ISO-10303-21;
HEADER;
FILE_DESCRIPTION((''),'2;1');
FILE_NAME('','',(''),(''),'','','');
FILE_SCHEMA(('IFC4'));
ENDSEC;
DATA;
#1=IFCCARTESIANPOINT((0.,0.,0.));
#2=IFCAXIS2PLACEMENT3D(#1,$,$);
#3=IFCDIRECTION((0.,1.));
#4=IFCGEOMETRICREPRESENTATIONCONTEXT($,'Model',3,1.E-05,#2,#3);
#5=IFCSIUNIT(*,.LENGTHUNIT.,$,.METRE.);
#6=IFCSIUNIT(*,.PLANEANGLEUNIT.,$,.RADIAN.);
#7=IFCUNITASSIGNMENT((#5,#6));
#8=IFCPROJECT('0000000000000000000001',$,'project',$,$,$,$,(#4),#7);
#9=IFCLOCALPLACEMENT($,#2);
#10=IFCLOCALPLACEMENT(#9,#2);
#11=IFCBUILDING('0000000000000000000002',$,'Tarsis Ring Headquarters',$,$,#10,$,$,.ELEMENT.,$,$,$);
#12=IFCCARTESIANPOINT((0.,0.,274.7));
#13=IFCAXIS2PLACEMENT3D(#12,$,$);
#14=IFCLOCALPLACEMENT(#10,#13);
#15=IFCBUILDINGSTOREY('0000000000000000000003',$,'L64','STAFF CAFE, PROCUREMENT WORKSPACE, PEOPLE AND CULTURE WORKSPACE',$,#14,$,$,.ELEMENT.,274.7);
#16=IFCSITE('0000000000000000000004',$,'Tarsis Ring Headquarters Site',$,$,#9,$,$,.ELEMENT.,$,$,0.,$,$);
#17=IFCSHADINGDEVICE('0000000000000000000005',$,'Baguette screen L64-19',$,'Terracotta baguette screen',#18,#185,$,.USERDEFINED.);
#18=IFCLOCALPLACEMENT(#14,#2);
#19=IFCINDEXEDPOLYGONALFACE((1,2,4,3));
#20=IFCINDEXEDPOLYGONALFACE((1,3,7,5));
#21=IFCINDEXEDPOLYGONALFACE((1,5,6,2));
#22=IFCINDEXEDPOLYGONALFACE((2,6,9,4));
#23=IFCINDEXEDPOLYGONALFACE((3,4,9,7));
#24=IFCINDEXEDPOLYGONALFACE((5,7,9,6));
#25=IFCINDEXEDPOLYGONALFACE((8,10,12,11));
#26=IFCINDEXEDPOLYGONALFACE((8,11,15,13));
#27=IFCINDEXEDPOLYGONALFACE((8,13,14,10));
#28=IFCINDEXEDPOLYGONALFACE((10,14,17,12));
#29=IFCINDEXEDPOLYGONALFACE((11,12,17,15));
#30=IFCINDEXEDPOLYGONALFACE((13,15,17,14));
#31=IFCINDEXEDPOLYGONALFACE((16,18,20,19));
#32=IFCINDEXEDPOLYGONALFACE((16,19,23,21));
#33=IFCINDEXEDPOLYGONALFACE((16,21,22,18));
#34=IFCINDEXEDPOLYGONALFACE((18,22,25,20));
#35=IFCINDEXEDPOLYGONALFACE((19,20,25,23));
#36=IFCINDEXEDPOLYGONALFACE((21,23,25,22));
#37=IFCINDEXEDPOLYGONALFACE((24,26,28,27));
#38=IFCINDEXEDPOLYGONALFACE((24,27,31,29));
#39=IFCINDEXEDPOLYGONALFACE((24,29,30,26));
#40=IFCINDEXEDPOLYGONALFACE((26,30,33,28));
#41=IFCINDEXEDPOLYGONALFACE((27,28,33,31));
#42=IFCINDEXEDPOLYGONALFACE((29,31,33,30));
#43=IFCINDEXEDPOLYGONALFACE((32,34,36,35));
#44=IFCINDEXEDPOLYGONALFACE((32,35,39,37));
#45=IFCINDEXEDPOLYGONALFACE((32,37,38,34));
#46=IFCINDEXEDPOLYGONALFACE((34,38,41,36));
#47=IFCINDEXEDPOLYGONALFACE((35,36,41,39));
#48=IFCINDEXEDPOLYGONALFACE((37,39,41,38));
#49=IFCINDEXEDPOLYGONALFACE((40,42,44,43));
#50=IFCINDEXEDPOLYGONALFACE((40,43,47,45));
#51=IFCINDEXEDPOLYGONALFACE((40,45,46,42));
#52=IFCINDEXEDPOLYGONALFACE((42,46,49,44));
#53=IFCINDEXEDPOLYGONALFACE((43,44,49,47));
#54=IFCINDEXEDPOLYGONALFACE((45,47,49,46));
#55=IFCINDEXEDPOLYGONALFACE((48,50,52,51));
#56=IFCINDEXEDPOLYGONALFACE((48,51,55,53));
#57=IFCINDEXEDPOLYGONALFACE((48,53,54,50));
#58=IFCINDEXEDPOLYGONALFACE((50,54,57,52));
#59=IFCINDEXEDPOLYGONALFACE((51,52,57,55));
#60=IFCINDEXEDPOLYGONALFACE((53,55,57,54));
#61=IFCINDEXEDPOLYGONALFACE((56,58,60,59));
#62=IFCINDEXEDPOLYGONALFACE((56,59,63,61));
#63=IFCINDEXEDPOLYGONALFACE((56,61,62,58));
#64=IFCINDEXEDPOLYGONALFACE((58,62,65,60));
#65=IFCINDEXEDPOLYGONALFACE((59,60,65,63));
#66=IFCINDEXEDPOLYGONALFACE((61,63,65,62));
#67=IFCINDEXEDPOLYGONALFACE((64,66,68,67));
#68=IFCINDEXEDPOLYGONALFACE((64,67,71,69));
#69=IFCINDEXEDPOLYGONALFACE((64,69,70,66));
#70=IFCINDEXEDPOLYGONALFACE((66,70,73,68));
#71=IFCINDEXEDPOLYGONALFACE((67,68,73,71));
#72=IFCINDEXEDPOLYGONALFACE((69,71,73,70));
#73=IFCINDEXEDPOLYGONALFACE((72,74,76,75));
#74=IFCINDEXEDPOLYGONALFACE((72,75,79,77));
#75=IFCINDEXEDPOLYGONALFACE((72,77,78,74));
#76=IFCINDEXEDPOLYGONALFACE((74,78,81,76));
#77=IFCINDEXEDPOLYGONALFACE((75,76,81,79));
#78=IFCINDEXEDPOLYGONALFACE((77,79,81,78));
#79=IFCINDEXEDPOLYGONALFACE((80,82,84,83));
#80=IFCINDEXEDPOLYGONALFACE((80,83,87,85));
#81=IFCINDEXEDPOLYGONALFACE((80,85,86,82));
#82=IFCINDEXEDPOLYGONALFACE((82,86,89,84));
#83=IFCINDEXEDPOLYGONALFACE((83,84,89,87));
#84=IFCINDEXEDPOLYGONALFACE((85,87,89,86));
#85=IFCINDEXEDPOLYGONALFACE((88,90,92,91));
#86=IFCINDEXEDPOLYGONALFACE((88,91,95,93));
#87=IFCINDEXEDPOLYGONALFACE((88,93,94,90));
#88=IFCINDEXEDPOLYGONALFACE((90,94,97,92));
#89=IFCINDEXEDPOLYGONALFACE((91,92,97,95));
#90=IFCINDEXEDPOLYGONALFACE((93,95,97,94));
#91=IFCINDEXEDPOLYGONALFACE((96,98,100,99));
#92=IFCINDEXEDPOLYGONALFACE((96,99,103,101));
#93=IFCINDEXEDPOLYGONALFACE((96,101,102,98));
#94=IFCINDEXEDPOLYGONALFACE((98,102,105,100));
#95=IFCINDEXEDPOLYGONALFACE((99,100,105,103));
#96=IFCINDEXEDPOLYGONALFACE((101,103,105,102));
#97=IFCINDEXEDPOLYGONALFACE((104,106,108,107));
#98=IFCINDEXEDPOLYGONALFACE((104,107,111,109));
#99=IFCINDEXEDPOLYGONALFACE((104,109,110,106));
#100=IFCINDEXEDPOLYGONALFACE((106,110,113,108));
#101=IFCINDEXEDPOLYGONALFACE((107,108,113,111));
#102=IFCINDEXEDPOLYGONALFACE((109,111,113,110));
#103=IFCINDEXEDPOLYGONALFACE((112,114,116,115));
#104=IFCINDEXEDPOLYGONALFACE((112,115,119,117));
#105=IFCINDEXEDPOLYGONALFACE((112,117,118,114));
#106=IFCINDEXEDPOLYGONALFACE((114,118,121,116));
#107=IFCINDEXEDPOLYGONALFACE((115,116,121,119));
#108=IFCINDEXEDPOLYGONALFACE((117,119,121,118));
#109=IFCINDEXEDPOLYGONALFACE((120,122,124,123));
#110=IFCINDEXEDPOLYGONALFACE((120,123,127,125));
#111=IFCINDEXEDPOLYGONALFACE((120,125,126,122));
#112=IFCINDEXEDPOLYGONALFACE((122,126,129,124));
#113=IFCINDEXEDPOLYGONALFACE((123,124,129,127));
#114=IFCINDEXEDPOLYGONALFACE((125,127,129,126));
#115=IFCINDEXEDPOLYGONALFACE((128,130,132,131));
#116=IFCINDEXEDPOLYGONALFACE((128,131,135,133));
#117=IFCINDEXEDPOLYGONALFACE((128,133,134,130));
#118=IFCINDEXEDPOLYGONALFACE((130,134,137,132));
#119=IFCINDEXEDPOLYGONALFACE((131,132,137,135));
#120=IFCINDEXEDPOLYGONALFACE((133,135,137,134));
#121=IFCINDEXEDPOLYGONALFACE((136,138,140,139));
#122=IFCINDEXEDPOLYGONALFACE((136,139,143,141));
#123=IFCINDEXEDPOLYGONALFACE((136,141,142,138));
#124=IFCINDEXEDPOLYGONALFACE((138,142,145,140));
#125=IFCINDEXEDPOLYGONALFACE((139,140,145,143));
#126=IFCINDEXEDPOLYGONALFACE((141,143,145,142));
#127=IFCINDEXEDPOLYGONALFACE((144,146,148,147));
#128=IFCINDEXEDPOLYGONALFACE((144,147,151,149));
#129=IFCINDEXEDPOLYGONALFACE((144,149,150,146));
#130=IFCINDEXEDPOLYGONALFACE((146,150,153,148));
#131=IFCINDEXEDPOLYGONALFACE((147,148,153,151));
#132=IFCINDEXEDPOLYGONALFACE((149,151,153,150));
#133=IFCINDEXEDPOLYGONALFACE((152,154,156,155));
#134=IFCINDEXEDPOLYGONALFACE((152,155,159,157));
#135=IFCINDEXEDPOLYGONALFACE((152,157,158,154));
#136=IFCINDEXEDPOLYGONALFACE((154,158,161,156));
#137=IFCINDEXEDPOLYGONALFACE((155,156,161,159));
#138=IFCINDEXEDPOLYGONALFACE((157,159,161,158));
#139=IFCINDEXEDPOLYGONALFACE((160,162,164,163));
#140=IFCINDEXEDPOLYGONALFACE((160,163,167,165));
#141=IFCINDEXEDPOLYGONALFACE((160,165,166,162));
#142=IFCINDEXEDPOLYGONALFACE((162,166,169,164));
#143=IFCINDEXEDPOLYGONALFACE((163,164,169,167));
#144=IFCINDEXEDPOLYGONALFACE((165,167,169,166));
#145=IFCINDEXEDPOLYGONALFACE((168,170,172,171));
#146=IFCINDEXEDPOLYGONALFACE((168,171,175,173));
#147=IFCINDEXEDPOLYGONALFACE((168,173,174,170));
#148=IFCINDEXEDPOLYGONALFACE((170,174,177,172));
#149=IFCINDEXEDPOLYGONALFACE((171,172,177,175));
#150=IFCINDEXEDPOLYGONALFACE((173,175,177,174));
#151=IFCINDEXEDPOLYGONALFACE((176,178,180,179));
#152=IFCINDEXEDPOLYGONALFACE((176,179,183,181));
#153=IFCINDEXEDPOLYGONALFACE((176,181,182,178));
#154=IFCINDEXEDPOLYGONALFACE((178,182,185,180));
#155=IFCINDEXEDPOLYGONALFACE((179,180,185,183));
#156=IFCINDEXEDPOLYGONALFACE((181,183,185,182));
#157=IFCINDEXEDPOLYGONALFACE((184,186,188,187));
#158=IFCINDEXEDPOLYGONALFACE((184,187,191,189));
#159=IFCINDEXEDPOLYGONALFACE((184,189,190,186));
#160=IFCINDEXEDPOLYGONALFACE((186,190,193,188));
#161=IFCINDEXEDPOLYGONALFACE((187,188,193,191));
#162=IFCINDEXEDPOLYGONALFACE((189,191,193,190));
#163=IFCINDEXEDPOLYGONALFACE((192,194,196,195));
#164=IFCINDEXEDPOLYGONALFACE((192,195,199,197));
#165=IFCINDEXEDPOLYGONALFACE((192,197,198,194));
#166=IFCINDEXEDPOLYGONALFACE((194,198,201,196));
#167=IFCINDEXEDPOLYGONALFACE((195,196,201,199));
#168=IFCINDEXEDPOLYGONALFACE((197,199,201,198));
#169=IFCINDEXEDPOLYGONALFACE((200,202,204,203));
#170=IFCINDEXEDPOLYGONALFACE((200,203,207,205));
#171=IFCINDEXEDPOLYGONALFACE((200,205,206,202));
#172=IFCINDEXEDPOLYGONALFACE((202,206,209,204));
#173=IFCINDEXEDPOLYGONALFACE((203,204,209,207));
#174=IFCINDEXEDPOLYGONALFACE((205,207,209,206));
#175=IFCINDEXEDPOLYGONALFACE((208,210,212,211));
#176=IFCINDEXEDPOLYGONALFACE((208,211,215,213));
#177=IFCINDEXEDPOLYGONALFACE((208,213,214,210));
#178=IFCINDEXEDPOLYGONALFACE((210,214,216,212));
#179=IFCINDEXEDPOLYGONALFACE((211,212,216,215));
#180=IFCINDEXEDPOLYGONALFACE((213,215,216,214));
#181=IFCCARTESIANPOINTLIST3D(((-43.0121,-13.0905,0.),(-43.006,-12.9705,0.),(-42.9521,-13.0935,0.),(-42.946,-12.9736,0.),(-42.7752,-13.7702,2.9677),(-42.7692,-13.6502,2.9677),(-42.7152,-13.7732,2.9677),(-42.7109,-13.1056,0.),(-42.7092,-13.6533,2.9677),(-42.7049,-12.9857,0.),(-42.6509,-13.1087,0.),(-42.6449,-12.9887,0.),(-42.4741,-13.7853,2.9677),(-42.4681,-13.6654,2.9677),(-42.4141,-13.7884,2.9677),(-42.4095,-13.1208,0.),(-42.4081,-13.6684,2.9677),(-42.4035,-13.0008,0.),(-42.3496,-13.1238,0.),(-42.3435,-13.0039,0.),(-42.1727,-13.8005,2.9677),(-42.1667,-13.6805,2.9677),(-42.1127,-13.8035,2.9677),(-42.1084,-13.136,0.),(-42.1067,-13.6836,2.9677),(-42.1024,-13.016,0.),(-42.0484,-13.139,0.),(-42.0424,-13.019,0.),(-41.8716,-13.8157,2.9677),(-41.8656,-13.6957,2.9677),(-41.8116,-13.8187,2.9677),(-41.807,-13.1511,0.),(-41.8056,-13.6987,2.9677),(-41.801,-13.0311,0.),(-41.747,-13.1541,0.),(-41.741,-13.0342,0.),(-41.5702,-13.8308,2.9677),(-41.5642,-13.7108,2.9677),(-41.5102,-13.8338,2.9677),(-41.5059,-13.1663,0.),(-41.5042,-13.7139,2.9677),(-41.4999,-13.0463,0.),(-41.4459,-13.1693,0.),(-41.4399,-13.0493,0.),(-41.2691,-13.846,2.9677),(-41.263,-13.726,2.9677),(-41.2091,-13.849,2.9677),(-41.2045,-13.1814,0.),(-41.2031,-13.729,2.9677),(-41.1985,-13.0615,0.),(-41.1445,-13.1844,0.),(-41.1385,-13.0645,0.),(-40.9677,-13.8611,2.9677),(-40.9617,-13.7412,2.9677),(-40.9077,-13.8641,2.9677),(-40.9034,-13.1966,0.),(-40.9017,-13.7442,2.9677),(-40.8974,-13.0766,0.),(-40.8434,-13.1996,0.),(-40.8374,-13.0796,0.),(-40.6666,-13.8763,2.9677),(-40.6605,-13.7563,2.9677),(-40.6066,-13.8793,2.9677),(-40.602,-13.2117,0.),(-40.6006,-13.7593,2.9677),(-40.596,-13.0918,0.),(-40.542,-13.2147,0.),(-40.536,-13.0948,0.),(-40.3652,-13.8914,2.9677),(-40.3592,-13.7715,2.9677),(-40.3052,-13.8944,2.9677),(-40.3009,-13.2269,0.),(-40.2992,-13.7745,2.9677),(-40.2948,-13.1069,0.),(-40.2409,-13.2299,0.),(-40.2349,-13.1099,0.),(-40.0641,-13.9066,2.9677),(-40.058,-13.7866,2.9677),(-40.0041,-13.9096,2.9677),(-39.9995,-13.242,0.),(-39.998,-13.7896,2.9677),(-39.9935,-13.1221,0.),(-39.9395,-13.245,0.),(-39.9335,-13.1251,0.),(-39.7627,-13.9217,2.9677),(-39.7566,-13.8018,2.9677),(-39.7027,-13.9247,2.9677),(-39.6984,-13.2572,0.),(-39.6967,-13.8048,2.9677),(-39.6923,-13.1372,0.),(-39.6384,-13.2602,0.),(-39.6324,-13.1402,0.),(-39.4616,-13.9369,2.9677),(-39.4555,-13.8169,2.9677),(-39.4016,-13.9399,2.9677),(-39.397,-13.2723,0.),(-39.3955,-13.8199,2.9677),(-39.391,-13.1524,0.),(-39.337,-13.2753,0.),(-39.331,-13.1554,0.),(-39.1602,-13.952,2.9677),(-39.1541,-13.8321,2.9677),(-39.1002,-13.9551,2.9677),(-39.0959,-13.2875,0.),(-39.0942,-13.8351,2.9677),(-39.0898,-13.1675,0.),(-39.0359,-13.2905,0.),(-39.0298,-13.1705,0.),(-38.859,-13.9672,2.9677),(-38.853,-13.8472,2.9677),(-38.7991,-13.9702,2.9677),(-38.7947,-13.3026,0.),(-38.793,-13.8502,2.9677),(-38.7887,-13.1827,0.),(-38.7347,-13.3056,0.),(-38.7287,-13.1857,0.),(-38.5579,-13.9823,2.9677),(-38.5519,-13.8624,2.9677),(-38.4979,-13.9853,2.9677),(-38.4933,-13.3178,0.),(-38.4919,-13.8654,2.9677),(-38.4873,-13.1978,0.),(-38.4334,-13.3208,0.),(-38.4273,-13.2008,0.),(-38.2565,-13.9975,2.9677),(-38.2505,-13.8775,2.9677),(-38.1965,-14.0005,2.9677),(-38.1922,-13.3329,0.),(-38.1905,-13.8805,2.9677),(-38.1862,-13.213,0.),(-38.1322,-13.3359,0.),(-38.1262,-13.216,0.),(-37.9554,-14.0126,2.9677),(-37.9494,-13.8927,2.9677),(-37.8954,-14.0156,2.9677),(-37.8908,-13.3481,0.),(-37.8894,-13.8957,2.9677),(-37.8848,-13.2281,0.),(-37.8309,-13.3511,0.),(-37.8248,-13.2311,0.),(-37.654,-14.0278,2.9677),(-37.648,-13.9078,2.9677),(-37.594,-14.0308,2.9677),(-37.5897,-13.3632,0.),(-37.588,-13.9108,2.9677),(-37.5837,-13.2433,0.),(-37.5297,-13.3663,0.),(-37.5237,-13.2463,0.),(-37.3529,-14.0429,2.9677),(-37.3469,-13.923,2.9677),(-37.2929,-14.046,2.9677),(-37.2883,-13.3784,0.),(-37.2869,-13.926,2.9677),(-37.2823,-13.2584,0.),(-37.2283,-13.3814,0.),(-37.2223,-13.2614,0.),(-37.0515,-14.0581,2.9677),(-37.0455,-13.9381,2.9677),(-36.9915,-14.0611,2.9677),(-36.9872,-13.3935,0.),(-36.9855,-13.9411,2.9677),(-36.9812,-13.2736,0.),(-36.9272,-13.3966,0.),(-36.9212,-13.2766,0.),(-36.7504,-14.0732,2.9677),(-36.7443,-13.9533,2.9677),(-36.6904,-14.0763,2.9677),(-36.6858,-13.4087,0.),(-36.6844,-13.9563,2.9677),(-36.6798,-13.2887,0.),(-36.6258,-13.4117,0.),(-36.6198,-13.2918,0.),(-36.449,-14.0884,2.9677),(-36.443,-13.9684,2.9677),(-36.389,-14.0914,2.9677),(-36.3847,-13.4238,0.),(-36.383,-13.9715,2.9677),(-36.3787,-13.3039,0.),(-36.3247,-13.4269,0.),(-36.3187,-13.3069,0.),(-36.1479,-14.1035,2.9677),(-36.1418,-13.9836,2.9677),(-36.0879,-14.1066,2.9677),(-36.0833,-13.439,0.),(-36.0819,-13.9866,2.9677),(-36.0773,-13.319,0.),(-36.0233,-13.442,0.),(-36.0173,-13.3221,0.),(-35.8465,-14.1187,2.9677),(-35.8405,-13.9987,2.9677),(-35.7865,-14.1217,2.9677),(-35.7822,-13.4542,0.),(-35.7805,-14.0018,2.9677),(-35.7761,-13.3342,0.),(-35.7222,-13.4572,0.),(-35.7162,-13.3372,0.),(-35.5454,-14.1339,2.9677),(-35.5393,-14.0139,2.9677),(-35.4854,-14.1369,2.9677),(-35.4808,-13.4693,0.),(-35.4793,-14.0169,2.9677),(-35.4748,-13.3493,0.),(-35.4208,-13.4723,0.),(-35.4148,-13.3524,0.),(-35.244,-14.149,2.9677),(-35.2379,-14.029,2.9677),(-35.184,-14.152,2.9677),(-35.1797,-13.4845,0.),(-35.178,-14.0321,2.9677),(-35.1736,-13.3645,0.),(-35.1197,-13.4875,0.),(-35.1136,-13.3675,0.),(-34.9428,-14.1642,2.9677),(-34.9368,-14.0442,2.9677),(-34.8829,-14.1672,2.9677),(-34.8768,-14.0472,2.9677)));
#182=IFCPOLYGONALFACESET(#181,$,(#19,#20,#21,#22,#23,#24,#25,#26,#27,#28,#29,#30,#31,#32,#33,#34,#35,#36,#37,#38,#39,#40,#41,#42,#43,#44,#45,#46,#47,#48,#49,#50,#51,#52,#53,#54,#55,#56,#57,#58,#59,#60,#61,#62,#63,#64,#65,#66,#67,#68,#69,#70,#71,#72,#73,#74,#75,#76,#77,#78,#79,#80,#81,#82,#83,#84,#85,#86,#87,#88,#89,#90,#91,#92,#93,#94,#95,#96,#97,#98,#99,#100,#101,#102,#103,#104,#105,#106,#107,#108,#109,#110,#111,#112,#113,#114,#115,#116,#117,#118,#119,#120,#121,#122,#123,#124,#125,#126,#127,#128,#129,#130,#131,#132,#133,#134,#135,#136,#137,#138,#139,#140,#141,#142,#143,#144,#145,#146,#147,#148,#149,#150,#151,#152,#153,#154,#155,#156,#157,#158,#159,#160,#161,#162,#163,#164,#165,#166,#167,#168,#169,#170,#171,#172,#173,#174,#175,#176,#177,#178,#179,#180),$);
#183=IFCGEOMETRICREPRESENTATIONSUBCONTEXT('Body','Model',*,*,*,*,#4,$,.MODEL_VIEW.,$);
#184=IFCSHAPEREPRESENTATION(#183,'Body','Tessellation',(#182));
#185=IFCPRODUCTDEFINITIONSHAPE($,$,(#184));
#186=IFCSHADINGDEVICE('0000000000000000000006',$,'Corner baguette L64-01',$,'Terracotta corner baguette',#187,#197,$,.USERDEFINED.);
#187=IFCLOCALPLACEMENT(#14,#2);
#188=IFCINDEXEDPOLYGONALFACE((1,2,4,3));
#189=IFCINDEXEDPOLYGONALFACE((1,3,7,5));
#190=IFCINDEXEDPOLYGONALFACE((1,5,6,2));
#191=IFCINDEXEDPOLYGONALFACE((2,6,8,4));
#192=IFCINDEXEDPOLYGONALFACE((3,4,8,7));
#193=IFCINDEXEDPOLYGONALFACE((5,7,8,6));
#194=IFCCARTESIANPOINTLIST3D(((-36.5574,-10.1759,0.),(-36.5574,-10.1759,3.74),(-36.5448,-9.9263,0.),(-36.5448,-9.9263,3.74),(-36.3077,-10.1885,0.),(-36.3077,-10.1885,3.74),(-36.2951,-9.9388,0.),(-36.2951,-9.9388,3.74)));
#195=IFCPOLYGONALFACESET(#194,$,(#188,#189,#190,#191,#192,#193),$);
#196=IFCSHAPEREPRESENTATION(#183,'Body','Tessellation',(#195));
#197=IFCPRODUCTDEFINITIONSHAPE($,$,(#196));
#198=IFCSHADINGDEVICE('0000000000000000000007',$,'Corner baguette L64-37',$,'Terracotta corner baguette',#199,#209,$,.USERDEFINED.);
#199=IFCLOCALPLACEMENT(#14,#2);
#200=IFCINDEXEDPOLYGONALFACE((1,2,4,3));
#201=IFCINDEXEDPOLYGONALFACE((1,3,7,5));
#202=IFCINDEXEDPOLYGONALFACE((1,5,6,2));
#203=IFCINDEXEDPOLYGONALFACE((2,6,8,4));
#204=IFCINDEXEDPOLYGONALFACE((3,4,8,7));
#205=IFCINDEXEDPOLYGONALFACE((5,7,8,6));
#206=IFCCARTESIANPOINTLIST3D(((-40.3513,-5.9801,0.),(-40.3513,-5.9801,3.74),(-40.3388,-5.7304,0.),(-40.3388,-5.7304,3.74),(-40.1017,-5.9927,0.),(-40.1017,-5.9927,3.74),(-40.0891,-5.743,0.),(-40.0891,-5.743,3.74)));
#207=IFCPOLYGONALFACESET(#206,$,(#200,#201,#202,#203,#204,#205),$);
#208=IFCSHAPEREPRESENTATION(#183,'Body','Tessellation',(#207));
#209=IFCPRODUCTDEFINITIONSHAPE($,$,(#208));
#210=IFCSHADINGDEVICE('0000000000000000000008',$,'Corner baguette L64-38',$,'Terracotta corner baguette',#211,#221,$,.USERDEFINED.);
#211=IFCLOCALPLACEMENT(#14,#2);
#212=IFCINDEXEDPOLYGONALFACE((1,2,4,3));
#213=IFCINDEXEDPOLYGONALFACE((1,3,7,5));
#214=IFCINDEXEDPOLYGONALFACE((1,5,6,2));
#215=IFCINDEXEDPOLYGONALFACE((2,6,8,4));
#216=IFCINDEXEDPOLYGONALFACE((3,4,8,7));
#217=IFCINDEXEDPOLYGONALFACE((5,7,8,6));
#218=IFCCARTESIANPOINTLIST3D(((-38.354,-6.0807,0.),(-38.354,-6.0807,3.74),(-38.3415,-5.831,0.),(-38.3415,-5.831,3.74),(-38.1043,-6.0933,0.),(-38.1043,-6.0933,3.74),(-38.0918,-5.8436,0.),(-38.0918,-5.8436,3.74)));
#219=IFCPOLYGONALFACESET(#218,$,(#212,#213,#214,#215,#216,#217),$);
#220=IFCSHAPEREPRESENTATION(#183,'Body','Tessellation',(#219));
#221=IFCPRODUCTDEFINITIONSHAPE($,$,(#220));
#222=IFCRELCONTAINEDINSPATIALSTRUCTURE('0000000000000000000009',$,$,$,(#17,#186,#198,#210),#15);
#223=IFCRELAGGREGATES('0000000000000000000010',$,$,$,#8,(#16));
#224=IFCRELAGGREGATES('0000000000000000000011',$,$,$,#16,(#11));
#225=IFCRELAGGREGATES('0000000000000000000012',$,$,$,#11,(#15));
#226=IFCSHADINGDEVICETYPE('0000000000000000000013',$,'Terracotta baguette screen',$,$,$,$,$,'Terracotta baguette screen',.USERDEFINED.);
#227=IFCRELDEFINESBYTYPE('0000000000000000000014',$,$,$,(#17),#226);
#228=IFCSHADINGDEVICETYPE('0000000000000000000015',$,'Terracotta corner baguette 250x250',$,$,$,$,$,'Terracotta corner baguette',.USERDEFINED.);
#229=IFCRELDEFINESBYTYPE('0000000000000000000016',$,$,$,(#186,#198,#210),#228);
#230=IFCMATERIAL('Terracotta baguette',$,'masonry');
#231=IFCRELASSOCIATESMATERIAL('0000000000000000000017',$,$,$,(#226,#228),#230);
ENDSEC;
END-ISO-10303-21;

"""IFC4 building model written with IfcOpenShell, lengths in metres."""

from ifc_helpers import new_model, si_unit, direction, frame, frame_2d, origin, origin_2d, place, context, subcontext, project, spatial, rectangle, composite_profile, extrude, material, type_object, element, save


model = new_model("IFC4")

# Units and contexts
model_context = context("Model", 3, precision=1e-05, world=origin(), true_north=direction((0.0, 1.0)))
body_context = subcontext(model_context, "Body", "Model", "MODEL_VIEW")
ifc_project = project(units=[si_unit("LENGTHUNIT", "METRE"), si_unit("PLANEANGLEUNIT", "RADIAN")], contexts=[model_context])

# Site, building, storey
site_placement = place(None, origin())
site = spatial("IfcSite", under=ifc_project, at=site_placement, Name="Tarsis Ring Headquarters Site", CompositionType="ELEMENT", RefElevation=0.0)
building_placement = place(site_placement, origin())
building = spatial("IfcBuilding", under=site, at=building_placement, Name="Tarsis Ring Headquarters", CompositionType="ELEMENT")
storey_placement = place(building_placement, frame((0.0, 0.0, 274.7)))
storey = spatial("IfcBuildingStorey", under=building, at=storey_placement, Name="L64", Description="STAFF CAFE, PROCUREMENT WORKSPACE, PEOPLE AND CULTURE WORKSPACE", CompositionType="ELEMENT", Elevation=274.7)

# Shading devices
ifc_material_1 = material(Name="Terracotta baguette", Category="masonry")
shading_device_type_1 = type_object("IfcShadingDeviceType", Name="Terracotta baguette screen", ElementType="Terracotta baguette screen", PredefinedType="USERDEFINED", material=ifc_material_1)
shading_device_placement = place(storey_placement, frame((-43.009, -13.0305, 0.0), z_axis=(0.0, 0.0, 1.0), x_axis=(0.998733, -0.050235, 0.0)))
element("IfcShadingDevice", 1, at=shading_device_placement, inside=storey, type_object=shading_device_type_1, Name="Baguette screen L64-19", ObjectType="Terracotta baguette screen", PredefinedType="USERDEFINED", context=body_context, shape_type="SweptSolid", body=[
    extrude(composite_profile([rectangle(XDim=0.0601, YDim=0.1201, at=frame_2d((0.03, 0.0))), rectangle(XDim=0.0601, YDim=0.1201, at=frame_2d((0.3315, 0.0))), rectangle(XDim=0.0601, YDim=0.1201, at=frame_2d((0.6333, 0.0))), rectangle(XDim=0.0601, YDim=0.1201, at=frame_2d((0.9348, 0.0))), rectangle(XDim=0.0601, YDim=0.1201, at=frame_2d((1.2366, 0.0))), rectangle(XDim=0.0601, YDim=0.1201, at=frame_2d((1.5381, 0.0))), rectangle(XDim=0.0601, YDim=0.1201, at=frame_2d((1.8398, 0.0))), rectangle(XDim=0.0601, YDim=0.1201, at=frame_2d((2.1414, 0.0))), rectangle(XDim=0.0601, YDim=0.1201, at=frame_2d((2.4431, 0.0))), rectangle(XDim=0.0601, YDim=0.1201, at=frame_2d((2.7446, 0.0))), rectangle(XDim=0.0601, YDim=0.1201, at=frame_2d((3.0464, 0.0))), rectangle(XDim=0.0601, YDim=0.1201, at=frame_2d((3.3479, 0.0))), rectangle(XDim=0.0601, YDim=0.1201, at=frame_2d((3.6497, 0.0))), rectangle(XDim=0.0601, YDim=0.1201, at=frame_2d((3.9512, 0.0))), rectangle(XDim=0.0601, YDim=0.1201, at=frame_2d((4.2527, 0.0))), rectangle(XDim=0.0601, YDim=0.1201, at=frame_2d((4.5544, 0.0))), rectangle(XDim=0.0601, YDim=0.1201, at=frame_2d((4.856, 0.0))), rectangle(XDim=0.0601, YDim=0.1201, at=frame_2d((5.1577, 0.0))), rectangle(XDim=0.0601, YDim=0.1201, at=frame_2d((5.4592, 0.0))), rectangle(XDim=0.0601, YDim=0.1201, at=frame_2d((5.761, 0.0))), rectangle(XDim=0.0601, YDim=0.1201, at=frame_2d((6.0625, 0.0))), rectangle(XDim=0.0601, YDim=0.1201, at=frame_2d((6.3643, 0.0))), rectangle(XDim=0.0601, YDim=0.1201, at=frame_2d((6.6658, 0.0))), rectangle(XDim=0.0601, YDim=0.1201, at=frame_2d((6.9675, 0.0))), rectangle(XDim=0.0601, YDim=0.1201, at=frame_2d((7.269, 0.0))), rectangle(XDim=0.0601, YDim=0.1201, at=frame_2d((7.5708, 0.0))), rectangle(XDim=0.0601, YDim=0.1201, at=frame_2d((7.8723, 0.0)))]), origin(), (0.088634, -0.218405, 0.971825), 3.0537),
])
shading_device_type_2 = type_object("IfcShadingDeviceType", Name="Terracotta corner baguette 250x250", ElementType="Terracotta corner baguette", PredefinedType="USERDEFINED", material=ifc_material_1)
for number, where, z_axis, x_axis, name in (
    (2, (-36.4263, -10.0574, 0.0), (0.0, 0.0, 1.0), (-0.050244, -0.998737, 0.0), "Corner baguette L64-01"),
    (3, (-40.2202, -5.8616, 0.0), (0.0, 0.0, 1.0), (-0.050244, -0.998737, 0.0), "Corner baguette L64-37"),
    (4, (-38.2229, -5.9622, 0.0), (0.0, 0.0, 1.0), (0.998737, -0.050244, 0.0), "Corner baguette L64-38"),
):
    element("IfcShadingDevice", number, at=place(storey_placement, frame(where, z_axis=z_axis, x_axis=x_axis)), inside=storey, type_object=shading_device_type_2, Name=name, ObjectType="Terracotta corner baguette", PredefinedType="USERDEFINED", context=body_context, shape_type="SweptSolid", body=[
        extrude(rectangle(XDim=0.25, YDim=0.25, at=origin_2d()), origin(), (0.0, 0.0, 1.0), 3.74),
    ])

save(model, "model.ifc")
